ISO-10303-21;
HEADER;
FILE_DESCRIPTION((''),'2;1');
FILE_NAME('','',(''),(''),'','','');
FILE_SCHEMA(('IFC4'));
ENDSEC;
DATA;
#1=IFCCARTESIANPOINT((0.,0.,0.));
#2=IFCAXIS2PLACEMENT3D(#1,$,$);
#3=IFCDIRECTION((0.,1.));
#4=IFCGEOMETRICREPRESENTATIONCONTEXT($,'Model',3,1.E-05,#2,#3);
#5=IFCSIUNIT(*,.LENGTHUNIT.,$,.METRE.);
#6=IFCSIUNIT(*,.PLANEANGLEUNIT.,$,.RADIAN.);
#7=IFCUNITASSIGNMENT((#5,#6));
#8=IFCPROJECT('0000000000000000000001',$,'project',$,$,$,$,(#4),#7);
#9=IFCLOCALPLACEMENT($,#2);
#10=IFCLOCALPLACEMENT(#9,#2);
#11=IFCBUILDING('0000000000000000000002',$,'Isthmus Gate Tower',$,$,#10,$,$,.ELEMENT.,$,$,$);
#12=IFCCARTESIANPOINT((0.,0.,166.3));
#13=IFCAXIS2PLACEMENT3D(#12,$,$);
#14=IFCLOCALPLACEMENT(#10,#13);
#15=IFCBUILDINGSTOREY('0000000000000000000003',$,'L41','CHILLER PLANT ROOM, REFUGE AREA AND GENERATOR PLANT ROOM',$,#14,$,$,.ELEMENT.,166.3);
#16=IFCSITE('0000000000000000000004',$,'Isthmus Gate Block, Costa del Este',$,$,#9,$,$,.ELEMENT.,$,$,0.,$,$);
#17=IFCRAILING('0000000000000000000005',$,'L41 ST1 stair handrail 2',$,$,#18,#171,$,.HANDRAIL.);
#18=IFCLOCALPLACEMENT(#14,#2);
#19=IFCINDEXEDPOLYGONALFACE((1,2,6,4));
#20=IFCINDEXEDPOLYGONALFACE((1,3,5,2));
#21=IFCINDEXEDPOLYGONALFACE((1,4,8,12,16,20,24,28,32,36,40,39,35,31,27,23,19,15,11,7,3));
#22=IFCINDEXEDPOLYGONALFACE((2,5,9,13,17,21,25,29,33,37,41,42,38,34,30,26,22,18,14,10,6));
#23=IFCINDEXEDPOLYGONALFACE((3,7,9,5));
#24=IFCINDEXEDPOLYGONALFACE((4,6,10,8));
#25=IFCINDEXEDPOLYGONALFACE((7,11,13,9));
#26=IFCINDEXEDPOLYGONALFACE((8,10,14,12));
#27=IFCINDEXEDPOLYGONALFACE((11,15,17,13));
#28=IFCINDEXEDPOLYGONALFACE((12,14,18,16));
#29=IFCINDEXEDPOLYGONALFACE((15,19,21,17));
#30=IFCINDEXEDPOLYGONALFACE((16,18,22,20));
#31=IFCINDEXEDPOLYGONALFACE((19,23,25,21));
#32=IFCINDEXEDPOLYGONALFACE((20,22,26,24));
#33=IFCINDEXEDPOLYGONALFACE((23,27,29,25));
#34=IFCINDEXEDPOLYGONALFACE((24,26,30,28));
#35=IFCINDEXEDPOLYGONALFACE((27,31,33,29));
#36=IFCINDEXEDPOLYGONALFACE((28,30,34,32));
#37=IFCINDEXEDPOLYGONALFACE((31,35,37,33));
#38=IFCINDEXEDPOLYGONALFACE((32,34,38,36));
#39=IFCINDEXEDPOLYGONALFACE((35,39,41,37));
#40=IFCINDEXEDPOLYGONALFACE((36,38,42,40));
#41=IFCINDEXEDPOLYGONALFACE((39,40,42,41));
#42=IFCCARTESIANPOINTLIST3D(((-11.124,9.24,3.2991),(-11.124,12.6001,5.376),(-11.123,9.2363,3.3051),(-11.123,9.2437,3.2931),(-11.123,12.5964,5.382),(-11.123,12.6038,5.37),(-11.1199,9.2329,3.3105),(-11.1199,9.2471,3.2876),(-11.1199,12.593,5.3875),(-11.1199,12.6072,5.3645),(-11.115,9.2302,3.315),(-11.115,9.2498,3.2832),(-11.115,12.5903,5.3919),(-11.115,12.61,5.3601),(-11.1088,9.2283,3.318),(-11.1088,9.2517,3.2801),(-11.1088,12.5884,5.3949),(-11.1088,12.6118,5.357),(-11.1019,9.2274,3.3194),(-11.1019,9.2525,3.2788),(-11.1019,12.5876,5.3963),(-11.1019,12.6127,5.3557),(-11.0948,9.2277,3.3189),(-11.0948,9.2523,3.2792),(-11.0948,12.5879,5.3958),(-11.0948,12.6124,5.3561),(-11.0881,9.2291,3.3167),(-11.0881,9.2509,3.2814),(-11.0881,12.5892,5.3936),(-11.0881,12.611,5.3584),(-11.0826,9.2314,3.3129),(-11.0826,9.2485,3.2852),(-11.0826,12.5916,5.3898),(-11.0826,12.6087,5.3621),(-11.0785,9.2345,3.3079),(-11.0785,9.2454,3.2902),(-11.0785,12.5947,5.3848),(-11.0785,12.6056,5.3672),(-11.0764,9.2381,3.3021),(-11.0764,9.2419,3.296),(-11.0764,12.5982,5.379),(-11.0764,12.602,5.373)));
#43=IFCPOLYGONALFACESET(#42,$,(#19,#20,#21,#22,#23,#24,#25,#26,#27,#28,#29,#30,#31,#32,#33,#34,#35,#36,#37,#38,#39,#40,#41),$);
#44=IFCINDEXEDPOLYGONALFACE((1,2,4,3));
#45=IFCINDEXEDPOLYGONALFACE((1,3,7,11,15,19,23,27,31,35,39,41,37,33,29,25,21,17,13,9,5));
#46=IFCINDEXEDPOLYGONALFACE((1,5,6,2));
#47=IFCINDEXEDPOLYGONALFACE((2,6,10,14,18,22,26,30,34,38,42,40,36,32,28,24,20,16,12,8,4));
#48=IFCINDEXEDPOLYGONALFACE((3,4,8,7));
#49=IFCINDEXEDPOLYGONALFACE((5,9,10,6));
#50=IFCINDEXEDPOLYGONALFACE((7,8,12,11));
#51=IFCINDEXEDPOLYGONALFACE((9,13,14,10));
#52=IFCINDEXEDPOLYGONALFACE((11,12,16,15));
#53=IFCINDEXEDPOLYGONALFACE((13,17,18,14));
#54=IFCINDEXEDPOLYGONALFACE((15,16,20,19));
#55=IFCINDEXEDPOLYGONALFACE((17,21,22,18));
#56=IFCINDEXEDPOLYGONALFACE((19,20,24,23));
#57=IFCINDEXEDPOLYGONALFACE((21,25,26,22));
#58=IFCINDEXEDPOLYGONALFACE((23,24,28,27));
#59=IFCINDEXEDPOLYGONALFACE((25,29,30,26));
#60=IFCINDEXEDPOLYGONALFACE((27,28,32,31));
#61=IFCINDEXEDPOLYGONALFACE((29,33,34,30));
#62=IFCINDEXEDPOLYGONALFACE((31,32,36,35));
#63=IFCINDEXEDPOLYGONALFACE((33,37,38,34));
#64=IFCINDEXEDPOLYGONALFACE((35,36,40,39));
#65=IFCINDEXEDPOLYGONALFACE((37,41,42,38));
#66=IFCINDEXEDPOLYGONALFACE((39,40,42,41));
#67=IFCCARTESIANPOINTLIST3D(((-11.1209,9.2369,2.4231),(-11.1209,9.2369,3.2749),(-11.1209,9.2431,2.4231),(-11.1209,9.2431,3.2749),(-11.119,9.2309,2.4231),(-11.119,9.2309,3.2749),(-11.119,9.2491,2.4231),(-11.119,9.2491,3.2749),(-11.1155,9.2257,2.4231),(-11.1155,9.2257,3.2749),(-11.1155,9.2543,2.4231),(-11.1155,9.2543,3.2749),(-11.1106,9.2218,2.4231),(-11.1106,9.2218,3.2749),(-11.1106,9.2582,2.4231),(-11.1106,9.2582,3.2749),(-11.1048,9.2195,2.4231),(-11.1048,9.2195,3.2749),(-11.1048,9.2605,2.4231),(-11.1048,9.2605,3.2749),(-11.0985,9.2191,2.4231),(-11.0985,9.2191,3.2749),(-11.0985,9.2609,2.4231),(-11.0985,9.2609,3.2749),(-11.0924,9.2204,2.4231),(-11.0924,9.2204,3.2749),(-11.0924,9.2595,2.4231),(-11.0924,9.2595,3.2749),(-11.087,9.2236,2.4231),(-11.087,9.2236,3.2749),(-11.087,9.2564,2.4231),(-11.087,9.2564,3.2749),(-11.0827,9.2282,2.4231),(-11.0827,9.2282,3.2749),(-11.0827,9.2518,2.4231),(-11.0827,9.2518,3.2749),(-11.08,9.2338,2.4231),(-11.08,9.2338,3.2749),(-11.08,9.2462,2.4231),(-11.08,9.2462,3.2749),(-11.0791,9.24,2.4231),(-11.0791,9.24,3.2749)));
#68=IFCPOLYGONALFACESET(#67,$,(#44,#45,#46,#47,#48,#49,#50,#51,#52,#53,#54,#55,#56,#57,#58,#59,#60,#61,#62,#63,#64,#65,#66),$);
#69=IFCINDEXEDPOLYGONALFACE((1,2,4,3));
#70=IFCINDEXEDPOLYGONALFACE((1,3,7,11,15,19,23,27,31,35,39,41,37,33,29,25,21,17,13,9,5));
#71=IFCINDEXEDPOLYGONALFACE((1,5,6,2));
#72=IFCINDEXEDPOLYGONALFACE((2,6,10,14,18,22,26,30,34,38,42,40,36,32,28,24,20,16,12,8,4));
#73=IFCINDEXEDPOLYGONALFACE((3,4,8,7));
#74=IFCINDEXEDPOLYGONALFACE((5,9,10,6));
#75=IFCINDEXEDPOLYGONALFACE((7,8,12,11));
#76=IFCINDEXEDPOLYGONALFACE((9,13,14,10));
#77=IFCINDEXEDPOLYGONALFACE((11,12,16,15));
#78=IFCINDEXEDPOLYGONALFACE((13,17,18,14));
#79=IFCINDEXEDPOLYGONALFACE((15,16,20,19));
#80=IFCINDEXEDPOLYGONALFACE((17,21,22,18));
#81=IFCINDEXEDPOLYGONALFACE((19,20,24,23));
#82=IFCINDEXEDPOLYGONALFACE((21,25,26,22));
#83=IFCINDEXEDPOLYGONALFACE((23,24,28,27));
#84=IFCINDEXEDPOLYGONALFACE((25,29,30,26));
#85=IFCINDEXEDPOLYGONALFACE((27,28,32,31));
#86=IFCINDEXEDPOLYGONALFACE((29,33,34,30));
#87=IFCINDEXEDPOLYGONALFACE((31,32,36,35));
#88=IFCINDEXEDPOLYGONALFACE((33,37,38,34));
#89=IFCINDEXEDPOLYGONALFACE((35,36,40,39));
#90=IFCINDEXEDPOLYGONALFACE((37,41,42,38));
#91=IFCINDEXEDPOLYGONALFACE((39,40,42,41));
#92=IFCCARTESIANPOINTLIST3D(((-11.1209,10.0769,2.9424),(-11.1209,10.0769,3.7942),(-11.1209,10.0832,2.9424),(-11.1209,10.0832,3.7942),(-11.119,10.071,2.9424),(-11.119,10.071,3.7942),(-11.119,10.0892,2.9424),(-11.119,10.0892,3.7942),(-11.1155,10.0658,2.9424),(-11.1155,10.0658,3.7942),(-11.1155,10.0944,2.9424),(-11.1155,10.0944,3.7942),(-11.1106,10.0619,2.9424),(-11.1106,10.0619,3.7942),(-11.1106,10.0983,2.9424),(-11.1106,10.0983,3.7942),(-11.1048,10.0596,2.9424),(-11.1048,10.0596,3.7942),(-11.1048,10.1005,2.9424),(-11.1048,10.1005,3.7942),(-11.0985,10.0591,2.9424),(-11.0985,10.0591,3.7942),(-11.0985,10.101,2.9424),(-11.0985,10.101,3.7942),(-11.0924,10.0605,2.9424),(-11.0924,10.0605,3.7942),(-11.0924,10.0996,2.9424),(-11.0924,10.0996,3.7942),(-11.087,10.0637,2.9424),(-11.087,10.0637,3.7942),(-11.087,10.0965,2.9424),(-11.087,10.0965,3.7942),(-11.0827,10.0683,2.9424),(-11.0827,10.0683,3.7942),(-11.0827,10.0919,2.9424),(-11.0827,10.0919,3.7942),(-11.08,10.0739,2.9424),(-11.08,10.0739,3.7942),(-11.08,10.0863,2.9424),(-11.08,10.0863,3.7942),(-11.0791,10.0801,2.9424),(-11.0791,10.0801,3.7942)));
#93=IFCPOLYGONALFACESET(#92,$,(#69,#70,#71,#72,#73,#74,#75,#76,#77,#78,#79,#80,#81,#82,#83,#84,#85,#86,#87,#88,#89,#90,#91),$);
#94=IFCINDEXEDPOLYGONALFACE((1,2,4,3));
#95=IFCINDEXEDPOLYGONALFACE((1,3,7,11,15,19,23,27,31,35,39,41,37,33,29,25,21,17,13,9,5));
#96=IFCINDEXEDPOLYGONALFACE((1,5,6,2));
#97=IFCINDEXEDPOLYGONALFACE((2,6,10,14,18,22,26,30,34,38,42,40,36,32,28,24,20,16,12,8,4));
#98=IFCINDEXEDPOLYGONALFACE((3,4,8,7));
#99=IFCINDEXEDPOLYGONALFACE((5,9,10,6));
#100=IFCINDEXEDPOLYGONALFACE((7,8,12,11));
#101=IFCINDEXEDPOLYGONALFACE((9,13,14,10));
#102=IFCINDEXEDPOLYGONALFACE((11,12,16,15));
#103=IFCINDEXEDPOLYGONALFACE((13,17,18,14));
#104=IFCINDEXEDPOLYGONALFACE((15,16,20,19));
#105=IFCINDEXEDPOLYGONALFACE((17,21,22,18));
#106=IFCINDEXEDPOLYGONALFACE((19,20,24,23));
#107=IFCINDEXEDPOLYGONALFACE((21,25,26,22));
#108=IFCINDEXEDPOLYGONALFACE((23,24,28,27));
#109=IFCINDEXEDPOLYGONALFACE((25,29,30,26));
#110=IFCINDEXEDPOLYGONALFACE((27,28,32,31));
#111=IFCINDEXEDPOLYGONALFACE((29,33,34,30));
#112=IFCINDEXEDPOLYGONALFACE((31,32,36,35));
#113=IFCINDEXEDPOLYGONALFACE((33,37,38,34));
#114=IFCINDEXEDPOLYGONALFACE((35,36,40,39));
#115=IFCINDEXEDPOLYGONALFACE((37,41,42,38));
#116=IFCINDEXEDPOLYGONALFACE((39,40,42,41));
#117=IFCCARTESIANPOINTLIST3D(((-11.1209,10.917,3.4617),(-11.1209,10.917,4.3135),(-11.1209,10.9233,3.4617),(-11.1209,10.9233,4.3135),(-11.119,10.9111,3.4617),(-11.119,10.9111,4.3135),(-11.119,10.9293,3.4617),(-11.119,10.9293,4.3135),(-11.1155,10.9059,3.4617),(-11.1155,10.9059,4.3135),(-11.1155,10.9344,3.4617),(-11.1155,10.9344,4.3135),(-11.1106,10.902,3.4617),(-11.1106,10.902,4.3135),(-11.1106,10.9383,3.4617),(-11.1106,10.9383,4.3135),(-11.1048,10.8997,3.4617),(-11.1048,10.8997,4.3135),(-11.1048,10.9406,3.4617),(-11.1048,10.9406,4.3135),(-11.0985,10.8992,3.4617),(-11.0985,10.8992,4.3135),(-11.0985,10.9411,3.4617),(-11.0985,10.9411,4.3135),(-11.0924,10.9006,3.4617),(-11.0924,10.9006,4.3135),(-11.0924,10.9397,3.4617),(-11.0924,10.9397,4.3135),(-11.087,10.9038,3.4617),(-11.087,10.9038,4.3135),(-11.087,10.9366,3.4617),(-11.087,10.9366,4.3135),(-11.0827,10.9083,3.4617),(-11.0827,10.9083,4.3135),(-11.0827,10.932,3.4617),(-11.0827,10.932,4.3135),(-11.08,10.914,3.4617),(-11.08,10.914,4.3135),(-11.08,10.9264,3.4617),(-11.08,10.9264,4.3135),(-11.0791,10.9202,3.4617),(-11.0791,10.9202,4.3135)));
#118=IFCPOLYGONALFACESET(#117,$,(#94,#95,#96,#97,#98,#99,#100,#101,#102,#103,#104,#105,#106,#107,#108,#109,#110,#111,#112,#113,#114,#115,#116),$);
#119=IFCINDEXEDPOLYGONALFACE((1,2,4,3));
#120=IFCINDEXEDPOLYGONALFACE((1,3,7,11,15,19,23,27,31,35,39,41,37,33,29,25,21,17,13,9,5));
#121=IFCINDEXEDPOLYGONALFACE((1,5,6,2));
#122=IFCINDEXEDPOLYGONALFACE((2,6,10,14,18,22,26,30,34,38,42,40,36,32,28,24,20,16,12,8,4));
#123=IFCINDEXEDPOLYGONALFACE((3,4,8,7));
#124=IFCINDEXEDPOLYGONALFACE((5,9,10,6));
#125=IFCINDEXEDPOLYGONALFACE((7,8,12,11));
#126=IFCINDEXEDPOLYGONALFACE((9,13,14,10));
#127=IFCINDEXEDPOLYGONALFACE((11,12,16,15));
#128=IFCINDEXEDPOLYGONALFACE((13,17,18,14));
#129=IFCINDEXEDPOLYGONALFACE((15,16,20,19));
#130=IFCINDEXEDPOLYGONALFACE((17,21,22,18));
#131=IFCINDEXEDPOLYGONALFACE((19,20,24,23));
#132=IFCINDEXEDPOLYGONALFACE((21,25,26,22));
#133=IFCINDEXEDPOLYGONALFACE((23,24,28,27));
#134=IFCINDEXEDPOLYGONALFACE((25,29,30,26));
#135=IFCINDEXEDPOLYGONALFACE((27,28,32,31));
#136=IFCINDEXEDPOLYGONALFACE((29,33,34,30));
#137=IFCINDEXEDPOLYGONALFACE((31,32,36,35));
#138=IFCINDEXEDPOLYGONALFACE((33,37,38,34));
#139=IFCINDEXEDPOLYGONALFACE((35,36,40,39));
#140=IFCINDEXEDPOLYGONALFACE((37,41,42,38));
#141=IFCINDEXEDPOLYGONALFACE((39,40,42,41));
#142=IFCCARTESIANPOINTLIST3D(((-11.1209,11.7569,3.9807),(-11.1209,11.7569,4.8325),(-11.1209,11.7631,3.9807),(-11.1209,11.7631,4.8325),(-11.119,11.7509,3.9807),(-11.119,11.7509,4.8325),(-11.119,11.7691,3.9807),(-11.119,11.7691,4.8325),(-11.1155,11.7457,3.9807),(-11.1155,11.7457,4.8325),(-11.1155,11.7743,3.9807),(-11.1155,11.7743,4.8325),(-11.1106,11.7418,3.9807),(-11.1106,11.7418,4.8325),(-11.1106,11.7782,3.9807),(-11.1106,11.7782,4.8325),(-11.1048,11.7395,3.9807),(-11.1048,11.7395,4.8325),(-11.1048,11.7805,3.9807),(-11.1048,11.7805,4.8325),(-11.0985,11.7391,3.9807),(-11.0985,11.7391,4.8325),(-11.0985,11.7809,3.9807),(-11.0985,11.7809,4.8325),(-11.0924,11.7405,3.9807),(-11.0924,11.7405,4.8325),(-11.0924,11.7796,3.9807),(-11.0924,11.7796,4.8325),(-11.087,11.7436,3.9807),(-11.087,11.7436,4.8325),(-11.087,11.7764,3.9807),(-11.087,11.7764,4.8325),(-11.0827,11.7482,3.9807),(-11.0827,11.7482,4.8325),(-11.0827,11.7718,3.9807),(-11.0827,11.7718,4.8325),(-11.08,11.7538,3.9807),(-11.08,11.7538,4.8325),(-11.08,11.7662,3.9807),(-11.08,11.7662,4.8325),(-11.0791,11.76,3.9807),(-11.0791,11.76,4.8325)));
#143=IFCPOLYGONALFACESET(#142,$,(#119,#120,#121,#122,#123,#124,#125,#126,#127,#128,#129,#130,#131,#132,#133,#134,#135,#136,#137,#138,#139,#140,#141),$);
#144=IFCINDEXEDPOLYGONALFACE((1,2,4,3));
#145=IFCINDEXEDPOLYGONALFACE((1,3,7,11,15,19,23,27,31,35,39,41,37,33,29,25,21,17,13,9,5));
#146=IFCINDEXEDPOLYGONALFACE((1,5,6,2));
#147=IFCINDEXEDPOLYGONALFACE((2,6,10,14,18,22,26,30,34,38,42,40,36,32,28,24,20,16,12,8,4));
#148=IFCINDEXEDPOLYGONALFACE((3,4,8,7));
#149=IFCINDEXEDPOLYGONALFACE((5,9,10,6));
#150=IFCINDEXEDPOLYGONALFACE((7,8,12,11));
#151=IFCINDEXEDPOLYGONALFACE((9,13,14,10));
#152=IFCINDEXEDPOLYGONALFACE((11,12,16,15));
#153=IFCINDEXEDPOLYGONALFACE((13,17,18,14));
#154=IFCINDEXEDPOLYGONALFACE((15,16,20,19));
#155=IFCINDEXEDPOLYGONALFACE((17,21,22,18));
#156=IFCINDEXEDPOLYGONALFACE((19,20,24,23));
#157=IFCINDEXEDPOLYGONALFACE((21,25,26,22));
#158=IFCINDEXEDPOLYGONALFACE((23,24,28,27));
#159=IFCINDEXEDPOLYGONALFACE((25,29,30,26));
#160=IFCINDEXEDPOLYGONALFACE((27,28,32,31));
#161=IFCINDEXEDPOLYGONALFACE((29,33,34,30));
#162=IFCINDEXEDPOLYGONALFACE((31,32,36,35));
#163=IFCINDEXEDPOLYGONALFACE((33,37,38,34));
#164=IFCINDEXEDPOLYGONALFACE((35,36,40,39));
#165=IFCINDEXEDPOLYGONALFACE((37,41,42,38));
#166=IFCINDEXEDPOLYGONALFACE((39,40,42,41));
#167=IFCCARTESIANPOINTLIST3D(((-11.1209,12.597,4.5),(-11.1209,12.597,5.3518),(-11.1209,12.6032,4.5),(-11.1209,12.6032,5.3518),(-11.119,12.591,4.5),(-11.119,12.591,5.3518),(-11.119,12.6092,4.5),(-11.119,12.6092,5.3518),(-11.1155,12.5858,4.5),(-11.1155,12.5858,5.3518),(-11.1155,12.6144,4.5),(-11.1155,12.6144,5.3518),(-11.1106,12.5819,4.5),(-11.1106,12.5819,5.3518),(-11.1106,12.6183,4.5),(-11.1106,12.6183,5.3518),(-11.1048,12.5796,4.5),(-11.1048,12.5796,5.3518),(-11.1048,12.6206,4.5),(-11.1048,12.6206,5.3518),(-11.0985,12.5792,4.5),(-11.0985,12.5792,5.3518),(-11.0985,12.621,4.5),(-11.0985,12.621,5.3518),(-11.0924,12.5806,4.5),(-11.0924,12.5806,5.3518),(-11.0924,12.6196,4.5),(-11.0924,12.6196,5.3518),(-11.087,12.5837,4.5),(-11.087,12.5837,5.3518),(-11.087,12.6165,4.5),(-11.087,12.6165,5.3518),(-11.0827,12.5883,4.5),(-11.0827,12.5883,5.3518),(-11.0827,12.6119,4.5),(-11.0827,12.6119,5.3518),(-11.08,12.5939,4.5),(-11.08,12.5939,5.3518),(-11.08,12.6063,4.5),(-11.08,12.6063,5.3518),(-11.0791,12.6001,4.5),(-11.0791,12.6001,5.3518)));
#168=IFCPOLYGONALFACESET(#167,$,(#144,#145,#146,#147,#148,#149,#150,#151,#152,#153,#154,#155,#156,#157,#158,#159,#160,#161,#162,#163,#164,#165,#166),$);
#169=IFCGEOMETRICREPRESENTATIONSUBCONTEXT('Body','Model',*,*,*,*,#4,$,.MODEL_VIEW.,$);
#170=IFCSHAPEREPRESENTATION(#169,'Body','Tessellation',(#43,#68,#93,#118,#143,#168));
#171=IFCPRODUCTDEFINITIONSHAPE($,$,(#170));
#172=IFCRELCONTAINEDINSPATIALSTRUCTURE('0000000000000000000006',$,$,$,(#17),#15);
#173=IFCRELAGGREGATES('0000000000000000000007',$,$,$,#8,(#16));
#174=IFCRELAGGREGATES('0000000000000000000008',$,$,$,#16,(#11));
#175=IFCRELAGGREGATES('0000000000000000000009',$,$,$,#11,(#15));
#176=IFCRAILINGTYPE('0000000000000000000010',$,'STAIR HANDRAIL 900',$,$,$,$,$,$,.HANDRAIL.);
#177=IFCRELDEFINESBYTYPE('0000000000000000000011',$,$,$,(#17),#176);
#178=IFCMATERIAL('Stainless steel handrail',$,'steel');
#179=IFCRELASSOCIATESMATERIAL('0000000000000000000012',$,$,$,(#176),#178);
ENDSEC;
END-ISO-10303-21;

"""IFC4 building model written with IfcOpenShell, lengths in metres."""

from ifc_helpers import new_model, si_unit, direction, frame, origin, origin_2d, place, context, subcontext, project, spatial, circle, extrude, material, type_object, element, save


model = new_model("IFC4")

# Units and contexts
model_context = context("Model", 3, precision=1e-05, world=origin(), true_north=direction((0.0, 1.0)))
body_context = subcontext(model_context, "Body", "Model", "MODEL_VIEW")
ifc_project = project(units=[si_unit("LENGTHUNIT", "METRE"), si_unit("PLANEANGLEUNIT", "RADIAN")], contexts=[model_context])

# Site, building, storey
site_placement = place(None, origin())
site = spatial("IfcSite", under=ifc_project, at=site_placement, Name="Isthmus Gate Block, Costa del Este", CompositionType="ELEMENT", RefElevation=0.0)
building_placement = place(site_placement, origin())
building = spatial("IfcBuilding", under=site, at=building_placement, Name="Isthmus Gate Tower", CompositionType="ELEMENT")
storey_placement = place(building_placement, frame((0.0, 0.0, 166.3)))
storey = spatial("IfcBuildingStorey", under=building, at=storey_placement, Name="L41", Description="CHILLER PLANT ROOM, REFUGE AREA AND GENERATOR PLANT ROOM", CompositionType="ELEMENT", Elevation=166.3)

# Railing
ifc_material_1 = material(Name="Stainless steel handrail", Category="steel")
railing_type_1 = type_object("IfcRailingType", Name="STAIR HANDRAIL 900", PredefinedType="HANDRAIL", material=ifc_material_1)
for number, where, name in (
    (1, (-11.1001, 9.24, 2.4231), "L41 ST1 stair handrail 2"),
):
    element("IfcRailing", number, at=place(storey_placement, frame(where)), inside=storey, type_object=railing_type_1, Name=name, PredefinedType="HANDRAIL", context=body_context, shape_type="SweptSolid", body=[
        extrude(circle(Radius=0.0239, at=origin_2d()), frame((0.0, 0.0, 0.876), z_axis=(0.0, 0.850623, 0.525776), x_axis=(-1.0, 0.0, 0.0)), (0.0, 0.0, 1.0), 3.9502),
        extrude(circle(Radius=0.021, at=origin_2d()), origin(), (0.0, 0.0, 1.0), 0.8518),
        extrude(circle(Radius=0.021, at=origin_2d()), frame((0.0, 0.8401, 0.5193)), (0.0, 0.0, 1.0), 0.8518),
        extrude(circle(Radius=0.021, at=origin_2d()), frame((0.0, 1.6802, 1.0386)), (0.0, 0.0, 1.0), 0.8518),
        extrude(circle(Radius=0.021, at=origin_2d()), frame((0.0, 2.52, 1.5576)), (0.0, 0.0, 1.0), 0.8518),
        extrude(circle(Radius=0.021, at=origin_2d()), frame((0.0, 3.3601, 2.0769)), (0.0, 0.0, 1.0), 0.8518),
    ])

save(model, "model.ifc")
